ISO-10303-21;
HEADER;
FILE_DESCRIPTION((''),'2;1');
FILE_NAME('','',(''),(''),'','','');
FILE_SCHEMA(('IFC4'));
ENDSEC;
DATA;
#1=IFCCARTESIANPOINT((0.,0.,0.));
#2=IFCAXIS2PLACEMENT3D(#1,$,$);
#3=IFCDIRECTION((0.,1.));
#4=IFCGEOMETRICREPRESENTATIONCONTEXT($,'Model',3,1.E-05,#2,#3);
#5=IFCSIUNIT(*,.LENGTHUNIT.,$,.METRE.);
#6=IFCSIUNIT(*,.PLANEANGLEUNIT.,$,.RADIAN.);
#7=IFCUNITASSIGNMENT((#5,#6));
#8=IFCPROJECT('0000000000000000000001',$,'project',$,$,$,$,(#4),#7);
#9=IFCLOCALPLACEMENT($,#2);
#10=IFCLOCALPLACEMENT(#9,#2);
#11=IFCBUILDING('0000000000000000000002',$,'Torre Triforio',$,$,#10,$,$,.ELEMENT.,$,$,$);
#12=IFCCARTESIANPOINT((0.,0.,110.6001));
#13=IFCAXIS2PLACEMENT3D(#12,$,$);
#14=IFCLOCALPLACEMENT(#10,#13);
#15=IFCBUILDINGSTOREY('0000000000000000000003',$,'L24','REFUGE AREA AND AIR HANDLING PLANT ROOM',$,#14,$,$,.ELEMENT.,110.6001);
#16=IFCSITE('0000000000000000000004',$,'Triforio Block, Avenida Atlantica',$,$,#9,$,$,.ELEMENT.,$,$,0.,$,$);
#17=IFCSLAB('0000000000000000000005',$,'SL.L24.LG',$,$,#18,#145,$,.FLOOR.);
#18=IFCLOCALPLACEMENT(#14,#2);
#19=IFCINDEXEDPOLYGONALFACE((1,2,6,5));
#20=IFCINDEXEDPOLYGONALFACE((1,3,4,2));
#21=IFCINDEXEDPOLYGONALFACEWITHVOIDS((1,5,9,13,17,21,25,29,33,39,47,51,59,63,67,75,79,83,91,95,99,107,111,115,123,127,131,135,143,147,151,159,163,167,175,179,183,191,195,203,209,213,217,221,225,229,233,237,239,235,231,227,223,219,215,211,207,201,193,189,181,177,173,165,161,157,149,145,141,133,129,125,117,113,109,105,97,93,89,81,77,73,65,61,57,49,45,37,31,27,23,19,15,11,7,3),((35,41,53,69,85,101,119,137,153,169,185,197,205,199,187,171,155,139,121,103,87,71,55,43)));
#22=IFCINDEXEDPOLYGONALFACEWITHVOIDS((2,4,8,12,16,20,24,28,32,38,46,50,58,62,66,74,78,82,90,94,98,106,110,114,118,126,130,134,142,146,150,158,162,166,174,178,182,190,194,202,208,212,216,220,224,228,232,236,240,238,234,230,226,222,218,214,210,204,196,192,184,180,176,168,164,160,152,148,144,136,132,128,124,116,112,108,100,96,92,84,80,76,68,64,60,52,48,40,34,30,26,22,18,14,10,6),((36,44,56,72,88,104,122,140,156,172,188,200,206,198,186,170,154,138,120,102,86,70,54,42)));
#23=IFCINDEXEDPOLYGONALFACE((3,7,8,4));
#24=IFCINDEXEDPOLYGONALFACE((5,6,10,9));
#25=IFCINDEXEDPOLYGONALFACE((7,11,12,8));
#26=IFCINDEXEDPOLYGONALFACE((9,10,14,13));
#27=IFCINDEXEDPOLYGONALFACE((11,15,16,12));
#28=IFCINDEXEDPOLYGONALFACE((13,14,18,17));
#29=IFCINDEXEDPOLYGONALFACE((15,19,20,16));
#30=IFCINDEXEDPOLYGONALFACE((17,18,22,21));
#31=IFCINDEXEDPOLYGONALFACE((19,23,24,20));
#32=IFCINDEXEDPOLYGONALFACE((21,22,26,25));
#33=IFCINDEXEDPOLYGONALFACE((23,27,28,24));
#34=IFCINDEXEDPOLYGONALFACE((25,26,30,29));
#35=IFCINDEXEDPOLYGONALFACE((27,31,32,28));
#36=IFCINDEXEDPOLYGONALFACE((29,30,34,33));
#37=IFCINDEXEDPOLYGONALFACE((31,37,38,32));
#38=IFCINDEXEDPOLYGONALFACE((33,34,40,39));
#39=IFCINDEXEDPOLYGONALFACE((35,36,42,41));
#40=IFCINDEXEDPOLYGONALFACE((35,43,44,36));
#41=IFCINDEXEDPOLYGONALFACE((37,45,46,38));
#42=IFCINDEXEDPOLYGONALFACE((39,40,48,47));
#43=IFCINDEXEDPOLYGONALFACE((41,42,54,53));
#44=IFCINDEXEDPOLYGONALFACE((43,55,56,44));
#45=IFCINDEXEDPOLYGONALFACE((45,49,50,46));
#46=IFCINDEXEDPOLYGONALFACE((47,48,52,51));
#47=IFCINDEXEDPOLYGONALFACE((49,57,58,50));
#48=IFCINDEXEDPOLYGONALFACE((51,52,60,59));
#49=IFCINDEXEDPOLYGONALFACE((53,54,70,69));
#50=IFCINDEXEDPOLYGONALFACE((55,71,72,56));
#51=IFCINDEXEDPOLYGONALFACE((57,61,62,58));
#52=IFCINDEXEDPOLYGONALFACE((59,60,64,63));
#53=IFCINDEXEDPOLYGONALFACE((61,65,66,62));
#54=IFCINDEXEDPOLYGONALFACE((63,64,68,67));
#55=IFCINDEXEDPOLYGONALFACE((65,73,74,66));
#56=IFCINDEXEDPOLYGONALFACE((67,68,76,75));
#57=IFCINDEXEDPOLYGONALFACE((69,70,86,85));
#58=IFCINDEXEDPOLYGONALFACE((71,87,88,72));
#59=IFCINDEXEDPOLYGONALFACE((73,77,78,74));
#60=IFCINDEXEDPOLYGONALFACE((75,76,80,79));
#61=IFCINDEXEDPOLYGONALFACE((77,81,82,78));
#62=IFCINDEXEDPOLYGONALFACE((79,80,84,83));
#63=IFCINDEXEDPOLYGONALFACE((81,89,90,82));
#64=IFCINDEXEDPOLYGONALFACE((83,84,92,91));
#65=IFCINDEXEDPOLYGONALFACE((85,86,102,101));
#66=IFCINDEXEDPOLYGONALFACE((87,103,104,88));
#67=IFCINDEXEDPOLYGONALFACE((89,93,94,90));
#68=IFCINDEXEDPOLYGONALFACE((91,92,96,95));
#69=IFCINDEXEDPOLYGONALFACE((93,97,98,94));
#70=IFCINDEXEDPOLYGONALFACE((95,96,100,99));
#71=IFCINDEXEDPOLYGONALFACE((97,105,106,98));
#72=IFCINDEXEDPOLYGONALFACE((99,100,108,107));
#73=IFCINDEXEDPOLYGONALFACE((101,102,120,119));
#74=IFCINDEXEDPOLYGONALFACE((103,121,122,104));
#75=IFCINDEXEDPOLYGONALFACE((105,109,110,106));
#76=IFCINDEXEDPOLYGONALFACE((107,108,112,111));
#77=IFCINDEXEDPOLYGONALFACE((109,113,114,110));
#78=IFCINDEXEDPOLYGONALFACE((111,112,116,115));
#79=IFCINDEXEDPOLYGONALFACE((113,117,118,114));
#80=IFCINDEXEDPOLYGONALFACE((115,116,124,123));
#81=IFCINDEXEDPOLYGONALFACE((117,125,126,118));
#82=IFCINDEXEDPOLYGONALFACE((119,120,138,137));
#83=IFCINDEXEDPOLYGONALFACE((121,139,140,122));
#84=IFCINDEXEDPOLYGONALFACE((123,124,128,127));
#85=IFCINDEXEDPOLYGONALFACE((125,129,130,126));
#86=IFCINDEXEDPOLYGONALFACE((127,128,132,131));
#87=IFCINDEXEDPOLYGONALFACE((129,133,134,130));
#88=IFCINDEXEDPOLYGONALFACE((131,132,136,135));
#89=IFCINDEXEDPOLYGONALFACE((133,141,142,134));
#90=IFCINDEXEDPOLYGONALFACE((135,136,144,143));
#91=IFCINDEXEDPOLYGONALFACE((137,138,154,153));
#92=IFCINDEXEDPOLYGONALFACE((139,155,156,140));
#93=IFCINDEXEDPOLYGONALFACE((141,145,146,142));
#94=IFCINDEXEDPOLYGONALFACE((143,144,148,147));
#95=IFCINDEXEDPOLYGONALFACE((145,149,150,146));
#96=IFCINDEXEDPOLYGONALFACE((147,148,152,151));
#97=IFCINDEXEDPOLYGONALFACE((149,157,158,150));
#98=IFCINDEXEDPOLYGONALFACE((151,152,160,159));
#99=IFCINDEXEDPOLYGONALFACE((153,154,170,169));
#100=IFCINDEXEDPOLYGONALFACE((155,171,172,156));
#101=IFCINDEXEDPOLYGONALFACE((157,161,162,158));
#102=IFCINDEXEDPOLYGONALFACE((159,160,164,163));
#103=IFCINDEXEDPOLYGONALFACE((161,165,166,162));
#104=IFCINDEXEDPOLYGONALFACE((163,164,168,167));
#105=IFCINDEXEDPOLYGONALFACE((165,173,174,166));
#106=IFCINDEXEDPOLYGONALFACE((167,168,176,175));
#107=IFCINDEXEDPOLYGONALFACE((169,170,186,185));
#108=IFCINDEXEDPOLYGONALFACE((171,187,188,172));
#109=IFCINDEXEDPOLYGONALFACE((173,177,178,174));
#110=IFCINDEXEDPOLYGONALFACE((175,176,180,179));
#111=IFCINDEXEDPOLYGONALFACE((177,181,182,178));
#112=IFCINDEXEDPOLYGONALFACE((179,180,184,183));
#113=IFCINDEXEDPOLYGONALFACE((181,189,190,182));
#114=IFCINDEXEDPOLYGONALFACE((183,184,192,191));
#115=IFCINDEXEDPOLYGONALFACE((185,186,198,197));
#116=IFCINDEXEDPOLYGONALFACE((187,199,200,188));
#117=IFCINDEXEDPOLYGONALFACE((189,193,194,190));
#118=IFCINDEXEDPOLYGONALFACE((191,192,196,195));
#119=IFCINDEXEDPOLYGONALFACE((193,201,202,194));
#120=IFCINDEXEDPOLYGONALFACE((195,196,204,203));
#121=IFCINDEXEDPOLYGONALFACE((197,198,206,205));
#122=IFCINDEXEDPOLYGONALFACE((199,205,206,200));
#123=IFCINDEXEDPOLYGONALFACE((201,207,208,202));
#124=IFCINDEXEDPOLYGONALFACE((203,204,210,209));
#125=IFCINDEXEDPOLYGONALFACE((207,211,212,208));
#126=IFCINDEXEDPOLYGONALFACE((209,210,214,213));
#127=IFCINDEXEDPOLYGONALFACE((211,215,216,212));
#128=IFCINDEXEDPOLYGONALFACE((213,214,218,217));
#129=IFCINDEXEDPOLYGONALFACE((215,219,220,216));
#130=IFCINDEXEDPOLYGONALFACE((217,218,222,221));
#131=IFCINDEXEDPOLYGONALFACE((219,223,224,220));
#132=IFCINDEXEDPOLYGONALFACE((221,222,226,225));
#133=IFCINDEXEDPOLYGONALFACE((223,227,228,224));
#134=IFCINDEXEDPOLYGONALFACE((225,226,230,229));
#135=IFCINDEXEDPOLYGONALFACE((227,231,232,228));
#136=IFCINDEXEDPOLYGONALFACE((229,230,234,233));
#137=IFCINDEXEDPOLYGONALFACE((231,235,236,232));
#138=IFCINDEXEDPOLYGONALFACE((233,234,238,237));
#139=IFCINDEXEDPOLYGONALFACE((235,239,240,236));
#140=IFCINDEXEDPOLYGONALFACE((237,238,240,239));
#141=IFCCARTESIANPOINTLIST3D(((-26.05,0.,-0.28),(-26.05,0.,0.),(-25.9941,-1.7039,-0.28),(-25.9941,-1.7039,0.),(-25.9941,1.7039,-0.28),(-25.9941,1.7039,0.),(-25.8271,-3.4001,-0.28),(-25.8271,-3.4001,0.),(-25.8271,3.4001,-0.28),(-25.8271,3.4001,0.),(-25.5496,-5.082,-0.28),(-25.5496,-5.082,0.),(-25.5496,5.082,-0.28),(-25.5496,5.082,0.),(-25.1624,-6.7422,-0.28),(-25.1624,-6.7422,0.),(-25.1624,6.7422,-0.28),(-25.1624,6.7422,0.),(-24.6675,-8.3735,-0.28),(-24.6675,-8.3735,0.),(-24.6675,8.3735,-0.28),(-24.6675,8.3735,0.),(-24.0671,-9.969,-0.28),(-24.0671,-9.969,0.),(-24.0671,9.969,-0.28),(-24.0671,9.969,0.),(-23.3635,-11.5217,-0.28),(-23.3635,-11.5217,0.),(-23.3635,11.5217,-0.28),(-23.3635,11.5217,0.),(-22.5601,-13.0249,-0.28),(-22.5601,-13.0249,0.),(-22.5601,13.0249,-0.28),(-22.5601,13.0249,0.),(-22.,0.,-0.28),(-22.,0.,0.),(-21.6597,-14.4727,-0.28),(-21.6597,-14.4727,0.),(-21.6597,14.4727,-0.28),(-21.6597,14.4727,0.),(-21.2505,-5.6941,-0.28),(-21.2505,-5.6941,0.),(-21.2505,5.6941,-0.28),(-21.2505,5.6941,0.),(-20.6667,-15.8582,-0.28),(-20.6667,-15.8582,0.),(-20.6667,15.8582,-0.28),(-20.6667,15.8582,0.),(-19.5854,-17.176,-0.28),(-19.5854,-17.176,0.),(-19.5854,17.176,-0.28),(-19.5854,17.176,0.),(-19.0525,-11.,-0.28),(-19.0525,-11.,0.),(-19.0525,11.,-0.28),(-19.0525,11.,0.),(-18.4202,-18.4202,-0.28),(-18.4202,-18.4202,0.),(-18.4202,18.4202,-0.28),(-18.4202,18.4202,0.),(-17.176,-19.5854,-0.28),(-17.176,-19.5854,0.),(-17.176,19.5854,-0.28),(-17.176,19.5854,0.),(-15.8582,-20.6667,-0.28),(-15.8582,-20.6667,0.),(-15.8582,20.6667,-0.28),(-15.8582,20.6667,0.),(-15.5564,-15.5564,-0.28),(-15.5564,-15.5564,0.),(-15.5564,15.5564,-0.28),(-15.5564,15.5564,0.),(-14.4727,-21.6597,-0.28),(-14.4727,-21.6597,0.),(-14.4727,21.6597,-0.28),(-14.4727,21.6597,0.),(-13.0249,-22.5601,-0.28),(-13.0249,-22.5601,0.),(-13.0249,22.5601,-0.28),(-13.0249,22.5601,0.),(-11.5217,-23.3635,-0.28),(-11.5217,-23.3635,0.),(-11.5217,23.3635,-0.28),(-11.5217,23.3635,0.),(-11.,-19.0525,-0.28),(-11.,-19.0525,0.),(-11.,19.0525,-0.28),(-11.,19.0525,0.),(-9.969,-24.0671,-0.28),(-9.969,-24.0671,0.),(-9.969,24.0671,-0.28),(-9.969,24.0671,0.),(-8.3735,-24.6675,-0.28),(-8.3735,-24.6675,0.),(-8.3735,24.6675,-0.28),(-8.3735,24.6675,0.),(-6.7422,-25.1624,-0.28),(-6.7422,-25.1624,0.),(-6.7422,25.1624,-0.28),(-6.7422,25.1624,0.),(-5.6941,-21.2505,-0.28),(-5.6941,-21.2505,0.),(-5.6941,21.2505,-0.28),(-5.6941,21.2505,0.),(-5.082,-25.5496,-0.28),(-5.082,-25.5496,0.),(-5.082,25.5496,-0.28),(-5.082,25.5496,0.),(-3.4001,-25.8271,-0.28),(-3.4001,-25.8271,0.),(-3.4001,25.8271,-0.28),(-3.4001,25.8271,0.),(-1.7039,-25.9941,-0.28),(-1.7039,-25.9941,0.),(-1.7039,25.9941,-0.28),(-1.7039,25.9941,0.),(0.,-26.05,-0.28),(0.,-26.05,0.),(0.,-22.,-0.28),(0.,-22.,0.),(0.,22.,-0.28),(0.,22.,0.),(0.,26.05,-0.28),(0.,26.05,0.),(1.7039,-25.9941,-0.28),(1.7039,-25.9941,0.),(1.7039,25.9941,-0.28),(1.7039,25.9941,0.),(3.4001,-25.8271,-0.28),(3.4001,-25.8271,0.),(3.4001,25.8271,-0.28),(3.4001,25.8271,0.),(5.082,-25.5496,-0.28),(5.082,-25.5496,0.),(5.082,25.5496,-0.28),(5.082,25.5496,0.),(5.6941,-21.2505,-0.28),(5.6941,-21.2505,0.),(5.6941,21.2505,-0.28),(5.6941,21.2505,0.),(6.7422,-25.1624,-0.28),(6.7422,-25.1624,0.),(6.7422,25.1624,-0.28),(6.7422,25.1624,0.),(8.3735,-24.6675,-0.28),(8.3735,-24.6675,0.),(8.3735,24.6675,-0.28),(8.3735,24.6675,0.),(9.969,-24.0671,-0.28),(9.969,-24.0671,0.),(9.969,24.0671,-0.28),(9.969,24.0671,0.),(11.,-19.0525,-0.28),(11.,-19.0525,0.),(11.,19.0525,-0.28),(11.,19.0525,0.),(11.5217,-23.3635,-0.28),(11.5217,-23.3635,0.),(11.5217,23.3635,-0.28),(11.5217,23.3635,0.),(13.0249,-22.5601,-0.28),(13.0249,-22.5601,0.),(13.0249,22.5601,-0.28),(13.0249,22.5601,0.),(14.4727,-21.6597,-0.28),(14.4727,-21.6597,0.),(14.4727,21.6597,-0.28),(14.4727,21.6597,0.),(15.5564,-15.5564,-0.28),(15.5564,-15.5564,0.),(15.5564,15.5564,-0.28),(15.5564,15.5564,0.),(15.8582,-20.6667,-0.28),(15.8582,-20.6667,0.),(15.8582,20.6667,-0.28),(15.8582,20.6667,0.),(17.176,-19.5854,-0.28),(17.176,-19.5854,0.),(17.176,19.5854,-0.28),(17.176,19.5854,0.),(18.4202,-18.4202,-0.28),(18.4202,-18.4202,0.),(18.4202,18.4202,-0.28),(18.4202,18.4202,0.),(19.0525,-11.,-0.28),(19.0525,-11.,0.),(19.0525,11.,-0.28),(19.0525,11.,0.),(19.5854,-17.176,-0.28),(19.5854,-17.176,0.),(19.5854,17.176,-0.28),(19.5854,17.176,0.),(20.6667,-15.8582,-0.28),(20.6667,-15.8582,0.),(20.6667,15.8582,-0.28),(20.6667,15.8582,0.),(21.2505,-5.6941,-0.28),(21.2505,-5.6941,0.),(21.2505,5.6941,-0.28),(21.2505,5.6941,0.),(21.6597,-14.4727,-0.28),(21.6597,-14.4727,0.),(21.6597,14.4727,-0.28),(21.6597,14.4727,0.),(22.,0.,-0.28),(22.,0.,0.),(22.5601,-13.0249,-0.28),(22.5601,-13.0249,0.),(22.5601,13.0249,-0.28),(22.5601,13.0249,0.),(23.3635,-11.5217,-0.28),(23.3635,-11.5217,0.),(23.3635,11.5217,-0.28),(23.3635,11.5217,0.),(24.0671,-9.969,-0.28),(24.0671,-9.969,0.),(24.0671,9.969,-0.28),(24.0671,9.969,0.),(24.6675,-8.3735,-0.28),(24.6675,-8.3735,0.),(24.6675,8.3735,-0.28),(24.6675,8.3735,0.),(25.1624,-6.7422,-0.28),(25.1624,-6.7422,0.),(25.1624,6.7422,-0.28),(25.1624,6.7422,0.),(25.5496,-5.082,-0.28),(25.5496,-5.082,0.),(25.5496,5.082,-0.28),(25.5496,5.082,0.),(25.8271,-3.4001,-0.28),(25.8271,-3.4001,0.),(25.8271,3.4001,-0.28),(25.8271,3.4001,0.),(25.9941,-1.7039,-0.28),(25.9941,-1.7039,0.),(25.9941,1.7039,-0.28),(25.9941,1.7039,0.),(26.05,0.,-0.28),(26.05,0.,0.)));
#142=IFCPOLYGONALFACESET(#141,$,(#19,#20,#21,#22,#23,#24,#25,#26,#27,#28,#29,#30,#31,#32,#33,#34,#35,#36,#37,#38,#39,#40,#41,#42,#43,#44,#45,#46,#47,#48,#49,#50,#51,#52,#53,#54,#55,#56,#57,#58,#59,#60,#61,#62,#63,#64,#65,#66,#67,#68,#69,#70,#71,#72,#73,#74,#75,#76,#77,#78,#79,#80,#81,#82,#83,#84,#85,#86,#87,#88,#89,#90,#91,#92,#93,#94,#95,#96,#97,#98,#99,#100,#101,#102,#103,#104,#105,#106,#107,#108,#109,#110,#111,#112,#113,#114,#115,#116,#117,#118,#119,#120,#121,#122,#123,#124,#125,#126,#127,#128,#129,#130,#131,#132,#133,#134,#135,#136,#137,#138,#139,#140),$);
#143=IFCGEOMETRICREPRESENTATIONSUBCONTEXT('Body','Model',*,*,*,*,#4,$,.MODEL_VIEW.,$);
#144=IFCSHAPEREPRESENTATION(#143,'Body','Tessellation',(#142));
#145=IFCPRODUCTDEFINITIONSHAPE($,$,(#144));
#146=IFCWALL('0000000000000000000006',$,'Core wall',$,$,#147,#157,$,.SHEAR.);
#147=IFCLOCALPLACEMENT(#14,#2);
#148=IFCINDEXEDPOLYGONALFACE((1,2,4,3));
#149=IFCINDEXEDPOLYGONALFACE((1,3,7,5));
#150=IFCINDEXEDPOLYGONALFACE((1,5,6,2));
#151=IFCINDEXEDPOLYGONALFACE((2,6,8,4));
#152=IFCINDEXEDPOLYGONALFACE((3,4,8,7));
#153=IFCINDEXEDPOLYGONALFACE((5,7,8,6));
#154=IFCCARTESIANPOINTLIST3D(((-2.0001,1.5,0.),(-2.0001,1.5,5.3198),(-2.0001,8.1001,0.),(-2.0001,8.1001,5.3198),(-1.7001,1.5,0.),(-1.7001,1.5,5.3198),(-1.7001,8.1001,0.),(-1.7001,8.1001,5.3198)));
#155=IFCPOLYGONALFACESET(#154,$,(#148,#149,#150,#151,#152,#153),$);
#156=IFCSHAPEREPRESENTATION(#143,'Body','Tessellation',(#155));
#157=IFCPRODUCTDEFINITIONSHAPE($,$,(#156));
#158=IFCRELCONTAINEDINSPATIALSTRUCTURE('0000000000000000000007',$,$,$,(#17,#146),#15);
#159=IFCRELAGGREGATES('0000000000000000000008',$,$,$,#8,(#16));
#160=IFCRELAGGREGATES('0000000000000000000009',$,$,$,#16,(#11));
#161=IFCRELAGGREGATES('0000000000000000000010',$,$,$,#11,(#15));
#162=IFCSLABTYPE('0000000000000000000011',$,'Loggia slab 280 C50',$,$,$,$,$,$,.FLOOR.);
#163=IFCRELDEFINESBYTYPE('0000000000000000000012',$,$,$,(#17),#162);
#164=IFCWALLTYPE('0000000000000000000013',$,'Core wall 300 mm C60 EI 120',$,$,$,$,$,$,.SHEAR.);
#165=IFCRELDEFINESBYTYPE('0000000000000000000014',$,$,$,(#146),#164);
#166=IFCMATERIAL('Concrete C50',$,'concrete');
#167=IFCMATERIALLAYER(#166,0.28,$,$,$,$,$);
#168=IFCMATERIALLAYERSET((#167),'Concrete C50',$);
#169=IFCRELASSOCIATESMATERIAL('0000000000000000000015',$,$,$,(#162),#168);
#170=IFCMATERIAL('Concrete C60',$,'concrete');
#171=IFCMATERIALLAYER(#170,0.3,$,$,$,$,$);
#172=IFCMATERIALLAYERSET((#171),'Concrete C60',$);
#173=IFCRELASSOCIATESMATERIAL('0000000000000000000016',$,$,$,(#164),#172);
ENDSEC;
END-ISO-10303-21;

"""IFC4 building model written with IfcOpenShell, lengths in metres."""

from ifc_helpers import new_model, si_unit, direction, frame, frame_2d, origin, place, context, subcontext, project, spatial, polyline, rectangle, outline, extrude, material, layer, layer_set, type_object, element, save


model = new_model("IFC4")

# Units and contexts
model_context = context("Model", 3, precision=1e-05, world=origin(), true_north=direction((0.0, 1.0)))
body_context = subcontext(model_context, "Body", "Model", "MODEL_VIEW")
ifc_project = project(units=[si_unit("LENGTHUNIT", "METRE"), si_unit("PLANEANGLEUNIT", "RADIAN")], contexts=[model_context])

# Site, building, storey
site_placement = place(None, origin())
site = spatial("IfcSite", under=ifc_project, at=site_placement, Name="Triforio Block, Avenida Atlantica", CompositionType="ELEMENT", RefElevation=0.0)
building_placement = place(site_placement, origin())
building = spatial("IfcBuilding", under=site, at=building_placement, Name="Torre Triforio", CompositionType="ELEMENT")
storey_placement = place(building_placement, frame((0.0, 0.0, 110.6001)))
storey = spatial("IfcBuildingStorey", under=building, at=storey_placement, Name="L24", Description="REFUGE AREA AND AIR HANDLING PLANT ROOM", CompositionType="ELEMENT", Elevation=110.6001)

# Shared definitions
ifc_material_1 = material(Name="Concrete C50", Category="concrete")

# Slab
ifc_layer_1 = layer(ifc_material_1, 0.28)
ifc_layer_set_1 = layer_set([ifc_layer_1], Name="Concrete C50")
slab_type_1 = type_object("IfcSlabType", Name="Loggia slab 280 C50", PredefinedType="FLOOR", material=ifc_layer_set_1)
slab_1_placement = place(storey_placement, frame((0.0, 0.0, -0.28)))
element("IfcSlab", 1, at=slab_1_placement, inside=storey, type_object=slab_type_1, Name="SL.L24.LG", PredefinedType="FLOOR", context=body_context, shape_type="SweptSolid", body=[
    extrude(outline(polyline([(25.9941, -1.7039), (26.05, 0.0), (25.9941, 1.7039), (25.8271, 3.4001), (25.5496, 5.082), (25.1624, 6.7422), (24.6675, 8.3735), (24.0671, 9.969), (23.3635, 11.5217), (22.5601, 13.0249), (21.6597, 14.4727), (20.6667, 15.8582), (19.5854, 17.176), (18.4202, 18.4202), (17.176, 19.5854), (15.8582, 20.6667), (14.4727, 21.6597), (13.0249, 22.5601), (11.5217, 23.3635), (9.969, 24.0671), (8.3735, 24.6675), (6.7422, 25.1624), (5.082, 25.5496), (3.4001, 25.8271), (1.7039, 25.9941), (0.0, 26.05), (-1.7039, 25.9941), (-3.4001, 25.8271), (-5.082, 25.5496), (-6.7422, 25.1624), (-8.3735, 24.6675), (-9.969, 24.0671), (-11.5217, 23.3635), (-13.0249, 22.5601), (-14.4727, 21.6597), (-15.8582, 20.6667), (-17.176, 19.5854), (-18.4202, 18.4202), (-19.5854, 17.176), (-20.6667, 15.8582), (-21.6597, 14.4727), (-22.5601, 13.0249), (-23.3635, 11.5217), (-24.0671, 9.969), (-24.6675, 8.3735), (-25.1624, 6.7422), (-25.5496, 5.082), (-25.8271, 3.4001), (-25.9941, 1.7039), (-26.05, 0.0), (-25.9941, -1.7039), (-25.8271, -3.4001), (-25.5496, -5.082), (-25.1624, -6.7422), (-24.6675, -8.3735), (-24.0671, -9.969), (-23.3635, -11.5217), (-22.5601, -13.0249), (-21.6597, -14.4727), (-20.6667, -15.8582), (-19.5854, -17.176), (-18.4202, -18.4202), (-17.176, -19.5854), (-15.8582, -20.6667), (-14.4727, -21.6597), (-13.0249, -22.5601), (-11.5217, -23.3635), (-9.969, -24.0671), (-8.3735, -24.6675), (-6.7422, -25.1624), (-5.082, -25.5496), (-3.4001, -25.8271), (-1.7039, -25.9941), (0.0, -26.05), (1.7039, -25.9941), (3.4001, -25.8271), (5.082, -25.5496), (6.7422, -25.1624), (8.3735, -24.6675), (9.969, -24.0671), (11.5217, -23.3635), (13.0249, -22.5601), (14.4727, -21.6597), (15.8582, -20.6667), (17.176, -19.5854), (18.4202, -18.4202), (19.5854, -17.176), (20.6667, -15.8582), (21.6597, -14.4727), (22.5601, -13.0249), (23.3635, -11.5217), (24.0671, -9.969), (24.6675, -8.3735), (25.1624, -6.7422), (25.5496, -5.082), (25.8271, -3.4001), (25.9941, -1.7039)]), holes=[polyline([(21.2505, 5.6941), (22.0, 0.0), (21.2505, -5.6941), (19.0525, -11.0), (15.5564, -15.5564), (11.0, -19.0525), (5.6941, -21.2505), (0.0, -22.0), (-5.6941, -21.2505), (-11.0, -19.0525), (-15.5564, -15.5564), (-19.0525, -11.0), (-21.2505, -5.6941), (-22.0, 0.0), (-21.2505, 5.6941), (-19.0525, 11.0), (-15.5564, 15.5564), (-11.0, 19.0525), (-5.6941, 21.2505), (0.0, 22.0), (5.6941, 21.2505), (11.0, 19.0525), (15.5564, 15.5564), (19.0525, 11.0), (21.2505, 5.6941)])]), origin(), (0.0, 0.0, 1.0), 0.28),
])

# Wall
ifc_material_2 = material(Name="Concrete C60", Category="concrete")
ifc_layer_2 = layer(ifc_material_2, 0.3)
ifc_layer_set_2 = layer_set([ifc_layer_2], Name="Concrete C60")
wall_type_1 = type_object("IfcWallType", Name="Core wall 300 mm C60 EI 120", PredefinedType="SHEAR", material=ifc_layer_set_2)
wall_1_placement = place(storey_placement, frame((-1.8501, 1.5, 0.0), z_axis=(0.0, 0.0, 1.0), x_axis=(0.0, 1.0, 0.0)))
element("IfcWall", 2, at=wall_1_placement, inside=storey, type_object=wall_type_1, Name="Core wall", PredefinedType="SHEAR", context=body_context, shape_type="SweptSolid", body=[
    extrude(rectangle(XDim=6.6001, YDim=0.3, at=frame_2d((3.3, 0.0))), origin(), (0.0, 0.0, 1.0), 5.3198),
])

save(model, "model.ifc")
